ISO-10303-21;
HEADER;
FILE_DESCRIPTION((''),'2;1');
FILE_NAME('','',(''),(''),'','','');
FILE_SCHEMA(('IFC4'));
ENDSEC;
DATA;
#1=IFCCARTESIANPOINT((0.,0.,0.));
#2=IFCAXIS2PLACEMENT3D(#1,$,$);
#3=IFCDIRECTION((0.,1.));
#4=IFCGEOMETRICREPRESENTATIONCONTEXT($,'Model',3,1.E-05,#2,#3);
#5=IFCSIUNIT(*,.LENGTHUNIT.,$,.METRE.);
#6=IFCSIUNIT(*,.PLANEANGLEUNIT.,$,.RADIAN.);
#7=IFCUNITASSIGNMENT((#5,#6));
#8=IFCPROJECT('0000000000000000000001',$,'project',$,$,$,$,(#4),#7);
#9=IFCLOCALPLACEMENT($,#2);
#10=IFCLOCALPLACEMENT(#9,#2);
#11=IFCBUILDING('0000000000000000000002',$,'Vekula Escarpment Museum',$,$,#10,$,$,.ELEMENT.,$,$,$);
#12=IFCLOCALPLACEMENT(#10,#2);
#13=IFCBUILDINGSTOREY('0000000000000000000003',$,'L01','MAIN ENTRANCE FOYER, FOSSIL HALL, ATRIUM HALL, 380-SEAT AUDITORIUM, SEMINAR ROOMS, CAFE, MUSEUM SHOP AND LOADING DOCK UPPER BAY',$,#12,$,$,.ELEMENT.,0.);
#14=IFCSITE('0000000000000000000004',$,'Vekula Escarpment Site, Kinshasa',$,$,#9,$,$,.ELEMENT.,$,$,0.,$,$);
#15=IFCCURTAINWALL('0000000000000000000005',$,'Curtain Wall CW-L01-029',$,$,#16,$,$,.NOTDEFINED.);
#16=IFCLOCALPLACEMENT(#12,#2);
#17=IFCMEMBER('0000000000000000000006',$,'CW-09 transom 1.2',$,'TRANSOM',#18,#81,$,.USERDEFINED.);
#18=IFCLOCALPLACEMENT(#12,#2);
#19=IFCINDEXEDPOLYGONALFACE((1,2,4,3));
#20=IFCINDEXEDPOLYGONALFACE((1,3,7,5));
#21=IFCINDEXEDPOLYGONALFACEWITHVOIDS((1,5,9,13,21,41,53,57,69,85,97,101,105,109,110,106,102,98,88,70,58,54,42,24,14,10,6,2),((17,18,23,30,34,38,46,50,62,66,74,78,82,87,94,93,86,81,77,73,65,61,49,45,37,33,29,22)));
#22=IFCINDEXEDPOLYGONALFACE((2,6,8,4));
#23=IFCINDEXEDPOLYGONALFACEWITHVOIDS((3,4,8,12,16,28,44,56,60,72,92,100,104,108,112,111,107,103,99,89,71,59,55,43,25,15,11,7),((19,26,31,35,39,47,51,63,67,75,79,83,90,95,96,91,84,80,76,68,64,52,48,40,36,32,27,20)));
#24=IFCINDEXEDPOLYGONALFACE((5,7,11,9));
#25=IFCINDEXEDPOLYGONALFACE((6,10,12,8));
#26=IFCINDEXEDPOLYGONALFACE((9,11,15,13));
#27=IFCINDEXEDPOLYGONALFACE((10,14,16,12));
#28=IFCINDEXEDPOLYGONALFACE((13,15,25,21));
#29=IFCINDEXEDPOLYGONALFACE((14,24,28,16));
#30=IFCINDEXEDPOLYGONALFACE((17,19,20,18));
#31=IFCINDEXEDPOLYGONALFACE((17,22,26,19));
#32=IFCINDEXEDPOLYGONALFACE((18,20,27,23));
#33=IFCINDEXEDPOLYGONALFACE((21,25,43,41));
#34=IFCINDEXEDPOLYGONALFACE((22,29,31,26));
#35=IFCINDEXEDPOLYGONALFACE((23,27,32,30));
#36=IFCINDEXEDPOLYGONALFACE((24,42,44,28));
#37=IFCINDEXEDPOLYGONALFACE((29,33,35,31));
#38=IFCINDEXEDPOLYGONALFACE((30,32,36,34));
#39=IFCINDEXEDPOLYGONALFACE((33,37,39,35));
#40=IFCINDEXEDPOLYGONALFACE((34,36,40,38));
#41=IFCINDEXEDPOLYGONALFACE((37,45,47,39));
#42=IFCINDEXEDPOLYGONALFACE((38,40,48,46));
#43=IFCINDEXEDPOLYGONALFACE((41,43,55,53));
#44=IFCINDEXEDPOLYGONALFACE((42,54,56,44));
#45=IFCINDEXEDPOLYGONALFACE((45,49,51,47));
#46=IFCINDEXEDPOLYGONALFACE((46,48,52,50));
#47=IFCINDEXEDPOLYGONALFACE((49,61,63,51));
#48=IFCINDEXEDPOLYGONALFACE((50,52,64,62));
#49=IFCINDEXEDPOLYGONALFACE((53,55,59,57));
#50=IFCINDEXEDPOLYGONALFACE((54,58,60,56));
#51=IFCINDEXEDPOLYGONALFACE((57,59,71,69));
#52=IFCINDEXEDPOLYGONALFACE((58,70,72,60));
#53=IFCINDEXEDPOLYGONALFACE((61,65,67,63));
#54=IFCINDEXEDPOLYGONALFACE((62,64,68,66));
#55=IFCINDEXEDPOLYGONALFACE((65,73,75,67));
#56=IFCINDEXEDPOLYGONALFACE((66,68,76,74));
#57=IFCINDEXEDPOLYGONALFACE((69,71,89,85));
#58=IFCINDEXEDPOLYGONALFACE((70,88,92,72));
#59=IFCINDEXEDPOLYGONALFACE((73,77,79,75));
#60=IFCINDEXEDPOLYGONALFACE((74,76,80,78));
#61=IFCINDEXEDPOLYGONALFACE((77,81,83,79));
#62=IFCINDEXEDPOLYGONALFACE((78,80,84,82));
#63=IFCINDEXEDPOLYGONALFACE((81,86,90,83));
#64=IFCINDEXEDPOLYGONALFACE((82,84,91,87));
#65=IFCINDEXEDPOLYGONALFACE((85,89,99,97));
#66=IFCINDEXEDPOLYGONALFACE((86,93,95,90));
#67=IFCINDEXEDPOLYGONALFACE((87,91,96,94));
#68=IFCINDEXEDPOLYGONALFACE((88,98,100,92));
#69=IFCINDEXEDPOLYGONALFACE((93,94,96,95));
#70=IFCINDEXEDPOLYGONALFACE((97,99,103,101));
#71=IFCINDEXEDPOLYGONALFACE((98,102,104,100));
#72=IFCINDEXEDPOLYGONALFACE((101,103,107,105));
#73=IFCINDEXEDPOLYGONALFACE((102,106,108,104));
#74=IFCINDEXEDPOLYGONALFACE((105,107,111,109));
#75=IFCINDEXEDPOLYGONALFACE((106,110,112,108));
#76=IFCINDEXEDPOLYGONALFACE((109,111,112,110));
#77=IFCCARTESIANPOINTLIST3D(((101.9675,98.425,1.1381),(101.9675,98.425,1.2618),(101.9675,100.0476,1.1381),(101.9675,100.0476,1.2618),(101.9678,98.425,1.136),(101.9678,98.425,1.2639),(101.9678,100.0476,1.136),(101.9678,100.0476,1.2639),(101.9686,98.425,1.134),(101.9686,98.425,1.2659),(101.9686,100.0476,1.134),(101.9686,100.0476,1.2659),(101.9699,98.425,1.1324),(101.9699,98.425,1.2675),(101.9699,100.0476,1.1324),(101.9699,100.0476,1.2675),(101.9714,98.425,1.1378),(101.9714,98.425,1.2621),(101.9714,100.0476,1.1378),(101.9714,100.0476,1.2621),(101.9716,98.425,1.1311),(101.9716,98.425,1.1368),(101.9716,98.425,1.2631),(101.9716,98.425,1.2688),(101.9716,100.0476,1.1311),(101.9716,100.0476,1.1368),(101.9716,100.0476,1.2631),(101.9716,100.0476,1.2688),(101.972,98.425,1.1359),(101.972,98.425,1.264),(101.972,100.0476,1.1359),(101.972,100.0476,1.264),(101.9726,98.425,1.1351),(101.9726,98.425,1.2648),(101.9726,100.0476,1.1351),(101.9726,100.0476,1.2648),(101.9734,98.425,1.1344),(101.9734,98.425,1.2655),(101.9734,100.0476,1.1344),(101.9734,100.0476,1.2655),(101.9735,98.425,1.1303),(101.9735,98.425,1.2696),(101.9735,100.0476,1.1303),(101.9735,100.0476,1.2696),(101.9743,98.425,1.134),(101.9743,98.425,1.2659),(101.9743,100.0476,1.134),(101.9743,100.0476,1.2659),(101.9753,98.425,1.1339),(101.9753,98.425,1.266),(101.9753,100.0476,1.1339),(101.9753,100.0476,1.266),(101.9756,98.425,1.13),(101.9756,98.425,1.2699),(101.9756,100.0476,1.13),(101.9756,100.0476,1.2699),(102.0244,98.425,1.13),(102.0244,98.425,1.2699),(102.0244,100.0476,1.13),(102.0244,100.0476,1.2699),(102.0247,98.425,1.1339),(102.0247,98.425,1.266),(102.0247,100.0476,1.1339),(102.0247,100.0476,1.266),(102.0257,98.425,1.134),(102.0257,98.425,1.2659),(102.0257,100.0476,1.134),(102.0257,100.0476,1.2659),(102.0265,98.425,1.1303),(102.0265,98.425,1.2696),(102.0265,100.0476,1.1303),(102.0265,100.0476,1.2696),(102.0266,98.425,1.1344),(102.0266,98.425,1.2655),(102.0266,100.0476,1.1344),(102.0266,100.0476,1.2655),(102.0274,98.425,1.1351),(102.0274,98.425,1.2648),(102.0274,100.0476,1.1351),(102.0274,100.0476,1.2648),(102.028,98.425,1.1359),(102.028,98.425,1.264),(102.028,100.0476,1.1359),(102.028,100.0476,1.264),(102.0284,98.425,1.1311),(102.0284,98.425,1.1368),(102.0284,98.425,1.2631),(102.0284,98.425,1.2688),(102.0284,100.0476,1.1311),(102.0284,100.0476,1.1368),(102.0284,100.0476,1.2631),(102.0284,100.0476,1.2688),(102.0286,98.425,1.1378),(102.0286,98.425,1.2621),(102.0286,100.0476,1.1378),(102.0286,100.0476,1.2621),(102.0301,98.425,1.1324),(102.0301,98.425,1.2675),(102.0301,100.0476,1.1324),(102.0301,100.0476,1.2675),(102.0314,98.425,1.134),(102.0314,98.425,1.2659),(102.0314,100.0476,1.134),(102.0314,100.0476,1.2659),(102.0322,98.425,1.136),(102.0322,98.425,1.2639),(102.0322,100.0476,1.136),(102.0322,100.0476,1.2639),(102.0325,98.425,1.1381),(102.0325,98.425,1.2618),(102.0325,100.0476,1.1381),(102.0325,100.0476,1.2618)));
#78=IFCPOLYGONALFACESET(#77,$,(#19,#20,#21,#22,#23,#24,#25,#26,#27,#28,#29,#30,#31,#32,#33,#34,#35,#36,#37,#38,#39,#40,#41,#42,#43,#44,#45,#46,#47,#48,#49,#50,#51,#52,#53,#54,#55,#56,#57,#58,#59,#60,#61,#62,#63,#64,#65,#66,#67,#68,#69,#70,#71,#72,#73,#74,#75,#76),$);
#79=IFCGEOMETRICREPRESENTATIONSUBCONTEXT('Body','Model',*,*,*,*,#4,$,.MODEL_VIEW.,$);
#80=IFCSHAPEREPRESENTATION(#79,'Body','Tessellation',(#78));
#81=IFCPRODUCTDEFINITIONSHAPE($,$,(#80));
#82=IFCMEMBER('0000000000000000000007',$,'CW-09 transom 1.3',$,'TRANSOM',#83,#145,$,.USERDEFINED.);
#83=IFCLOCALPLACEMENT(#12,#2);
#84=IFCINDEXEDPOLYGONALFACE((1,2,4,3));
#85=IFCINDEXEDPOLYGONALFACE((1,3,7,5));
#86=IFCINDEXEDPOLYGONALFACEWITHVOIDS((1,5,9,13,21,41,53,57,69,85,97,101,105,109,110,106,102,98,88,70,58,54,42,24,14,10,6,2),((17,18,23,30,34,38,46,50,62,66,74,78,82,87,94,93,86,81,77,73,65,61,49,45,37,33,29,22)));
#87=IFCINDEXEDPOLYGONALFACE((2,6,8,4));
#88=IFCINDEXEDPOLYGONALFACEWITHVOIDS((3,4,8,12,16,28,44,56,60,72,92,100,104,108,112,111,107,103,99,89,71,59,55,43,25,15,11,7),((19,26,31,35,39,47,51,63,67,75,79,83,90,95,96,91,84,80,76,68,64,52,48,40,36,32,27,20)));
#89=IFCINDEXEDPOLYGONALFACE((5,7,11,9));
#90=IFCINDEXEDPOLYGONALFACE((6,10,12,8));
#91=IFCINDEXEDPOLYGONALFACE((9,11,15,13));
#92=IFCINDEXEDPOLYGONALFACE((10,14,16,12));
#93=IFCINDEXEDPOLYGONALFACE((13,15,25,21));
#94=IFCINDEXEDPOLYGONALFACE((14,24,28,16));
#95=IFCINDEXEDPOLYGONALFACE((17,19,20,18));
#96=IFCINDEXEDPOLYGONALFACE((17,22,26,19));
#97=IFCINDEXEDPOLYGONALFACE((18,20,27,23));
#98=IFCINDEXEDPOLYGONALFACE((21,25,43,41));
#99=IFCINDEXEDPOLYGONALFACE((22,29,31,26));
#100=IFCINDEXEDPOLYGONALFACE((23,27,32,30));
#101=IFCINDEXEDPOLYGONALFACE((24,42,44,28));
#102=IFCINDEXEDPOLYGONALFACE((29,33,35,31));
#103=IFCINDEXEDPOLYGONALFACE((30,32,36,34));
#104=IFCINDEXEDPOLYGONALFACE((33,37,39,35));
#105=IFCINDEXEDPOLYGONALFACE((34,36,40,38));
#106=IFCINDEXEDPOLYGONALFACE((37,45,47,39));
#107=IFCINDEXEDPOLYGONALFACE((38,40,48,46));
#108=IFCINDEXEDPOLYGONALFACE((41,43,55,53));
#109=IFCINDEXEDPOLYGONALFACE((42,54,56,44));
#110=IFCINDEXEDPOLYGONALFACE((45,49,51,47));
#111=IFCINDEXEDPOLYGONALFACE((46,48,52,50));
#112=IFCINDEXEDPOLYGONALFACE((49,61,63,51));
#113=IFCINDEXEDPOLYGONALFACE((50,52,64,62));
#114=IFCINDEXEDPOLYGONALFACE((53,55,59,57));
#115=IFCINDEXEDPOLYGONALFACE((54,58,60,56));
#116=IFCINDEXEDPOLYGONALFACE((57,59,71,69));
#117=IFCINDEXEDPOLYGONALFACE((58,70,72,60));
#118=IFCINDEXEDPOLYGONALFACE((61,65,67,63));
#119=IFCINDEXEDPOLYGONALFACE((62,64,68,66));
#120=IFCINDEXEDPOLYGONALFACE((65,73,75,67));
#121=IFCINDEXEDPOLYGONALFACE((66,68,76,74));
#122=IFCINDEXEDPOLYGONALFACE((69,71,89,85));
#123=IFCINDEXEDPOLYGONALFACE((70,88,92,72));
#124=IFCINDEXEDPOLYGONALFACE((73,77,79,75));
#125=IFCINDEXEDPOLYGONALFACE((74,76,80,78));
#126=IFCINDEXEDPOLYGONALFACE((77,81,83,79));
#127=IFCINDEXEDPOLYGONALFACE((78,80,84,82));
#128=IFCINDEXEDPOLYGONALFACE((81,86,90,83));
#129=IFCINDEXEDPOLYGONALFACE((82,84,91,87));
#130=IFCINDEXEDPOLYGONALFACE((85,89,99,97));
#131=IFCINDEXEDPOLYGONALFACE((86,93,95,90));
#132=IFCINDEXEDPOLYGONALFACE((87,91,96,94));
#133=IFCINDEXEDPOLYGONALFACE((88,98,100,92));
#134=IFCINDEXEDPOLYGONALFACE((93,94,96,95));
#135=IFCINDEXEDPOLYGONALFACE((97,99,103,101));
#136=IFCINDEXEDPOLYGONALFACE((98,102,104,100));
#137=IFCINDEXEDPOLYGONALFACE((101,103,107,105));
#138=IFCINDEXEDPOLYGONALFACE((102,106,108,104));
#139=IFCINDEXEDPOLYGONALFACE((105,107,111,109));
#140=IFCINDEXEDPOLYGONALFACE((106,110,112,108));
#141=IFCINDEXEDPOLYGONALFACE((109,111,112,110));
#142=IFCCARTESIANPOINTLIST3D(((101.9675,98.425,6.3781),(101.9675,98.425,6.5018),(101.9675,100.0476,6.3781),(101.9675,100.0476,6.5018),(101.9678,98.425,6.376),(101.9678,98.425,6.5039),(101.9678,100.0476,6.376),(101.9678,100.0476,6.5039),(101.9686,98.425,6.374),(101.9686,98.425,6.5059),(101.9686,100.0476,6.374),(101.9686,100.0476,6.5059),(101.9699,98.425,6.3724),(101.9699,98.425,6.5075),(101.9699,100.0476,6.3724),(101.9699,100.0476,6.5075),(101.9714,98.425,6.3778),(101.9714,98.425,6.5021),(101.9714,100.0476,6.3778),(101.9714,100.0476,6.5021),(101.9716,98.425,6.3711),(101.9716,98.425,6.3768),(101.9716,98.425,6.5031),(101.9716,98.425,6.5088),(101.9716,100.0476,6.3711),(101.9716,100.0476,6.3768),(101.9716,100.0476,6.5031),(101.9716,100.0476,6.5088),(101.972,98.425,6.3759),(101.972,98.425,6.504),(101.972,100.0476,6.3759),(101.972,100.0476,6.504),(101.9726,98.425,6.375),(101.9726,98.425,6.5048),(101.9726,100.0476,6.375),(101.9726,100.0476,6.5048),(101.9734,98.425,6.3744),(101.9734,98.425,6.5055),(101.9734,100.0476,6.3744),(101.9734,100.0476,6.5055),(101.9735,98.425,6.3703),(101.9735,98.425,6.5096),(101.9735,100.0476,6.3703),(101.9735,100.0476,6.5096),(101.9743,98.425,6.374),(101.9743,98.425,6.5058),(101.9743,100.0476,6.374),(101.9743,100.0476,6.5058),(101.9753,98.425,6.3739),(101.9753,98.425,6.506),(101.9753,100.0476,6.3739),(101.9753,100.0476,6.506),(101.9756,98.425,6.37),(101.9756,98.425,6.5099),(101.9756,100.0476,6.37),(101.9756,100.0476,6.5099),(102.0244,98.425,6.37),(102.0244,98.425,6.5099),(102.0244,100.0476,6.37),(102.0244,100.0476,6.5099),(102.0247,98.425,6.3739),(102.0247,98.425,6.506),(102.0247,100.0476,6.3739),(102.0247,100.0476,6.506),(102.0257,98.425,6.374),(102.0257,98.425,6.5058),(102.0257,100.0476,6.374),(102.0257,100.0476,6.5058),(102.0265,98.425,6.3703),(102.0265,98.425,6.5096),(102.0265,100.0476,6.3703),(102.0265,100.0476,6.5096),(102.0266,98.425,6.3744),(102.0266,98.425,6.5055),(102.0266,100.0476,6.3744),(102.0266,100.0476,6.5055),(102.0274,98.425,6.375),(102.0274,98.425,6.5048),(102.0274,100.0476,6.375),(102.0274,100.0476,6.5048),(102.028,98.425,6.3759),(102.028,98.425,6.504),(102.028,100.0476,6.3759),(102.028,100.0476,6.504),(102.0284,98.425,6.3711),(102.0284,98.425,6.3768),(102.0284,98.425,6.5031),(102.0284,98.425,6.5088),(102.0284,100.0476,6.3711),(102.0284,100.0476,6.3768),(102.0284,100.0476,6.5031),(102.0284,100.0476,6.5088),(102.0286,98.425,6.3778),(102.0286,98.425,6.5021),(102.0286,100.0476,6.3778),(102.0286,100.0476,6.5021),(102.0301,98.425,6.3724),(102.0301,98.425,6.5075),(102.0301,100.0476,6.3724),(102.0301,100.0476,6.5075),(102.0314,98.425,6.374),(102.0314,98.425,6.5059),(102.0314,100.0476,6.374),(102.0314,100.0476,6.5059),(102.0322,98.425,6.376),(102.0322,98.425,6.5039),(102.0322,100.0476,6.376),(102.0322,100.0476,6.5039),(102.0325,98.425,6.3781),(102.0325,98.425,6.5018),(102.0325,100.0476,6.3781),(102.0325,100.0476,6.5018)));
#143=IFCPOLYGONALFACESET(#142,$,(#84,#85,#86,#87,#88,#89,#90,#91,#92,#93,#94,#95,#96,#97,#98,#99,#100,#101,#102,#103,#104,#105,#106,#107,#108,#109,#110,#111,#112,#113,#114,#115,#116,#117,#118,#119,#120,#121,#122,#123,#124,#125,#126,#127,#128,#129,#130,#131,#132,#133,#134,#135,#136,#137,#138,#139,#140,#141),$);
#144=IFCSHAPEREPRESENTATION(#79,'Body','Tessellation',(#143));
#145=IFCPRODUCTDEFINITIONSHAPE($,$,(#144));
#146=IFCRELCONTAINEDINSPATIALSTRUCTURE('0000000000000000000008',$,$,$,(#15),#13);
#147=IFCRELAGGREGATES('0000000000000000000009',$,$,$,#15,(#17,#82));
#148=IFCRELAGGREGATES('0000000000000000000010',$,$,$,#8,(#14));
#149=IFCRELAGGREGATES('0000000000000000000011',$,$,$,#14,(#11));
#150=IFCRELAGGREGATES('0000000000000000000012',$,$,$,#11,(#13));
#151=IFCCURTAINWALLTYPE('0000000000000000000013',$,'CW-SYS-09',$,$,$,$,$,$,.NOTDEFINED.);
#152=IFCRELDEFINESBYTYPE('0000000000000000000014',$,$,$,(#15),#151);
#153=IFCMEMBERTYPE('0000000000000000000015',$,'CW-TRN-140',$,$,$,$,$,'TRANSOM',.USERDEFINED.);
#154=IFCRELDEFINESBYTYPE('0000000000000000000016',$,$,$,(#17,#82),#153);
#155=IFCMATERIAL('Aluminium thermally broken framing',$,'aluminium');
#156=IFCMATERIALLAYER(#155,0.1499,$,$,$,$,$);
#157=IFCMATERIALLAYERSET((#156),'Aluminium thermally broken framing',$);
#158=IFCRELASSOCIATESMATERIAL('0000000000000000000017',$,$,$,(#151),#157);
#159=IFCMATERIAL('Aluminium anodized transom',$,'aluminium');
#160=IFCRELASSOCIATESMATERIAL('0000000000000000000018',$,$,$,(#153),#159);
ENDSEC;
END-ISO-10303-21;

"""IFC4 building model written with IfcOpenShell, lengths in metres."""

from ifc_helpers import new_model, si_unit, direction, frame, origin, origin_2d, place, context, subcontext, project, spatial, hollow_rectangle, extrude, material, layer, layer_set, material_profile, profile_set, type_object, element, aggregate, save


model = new_model("IFC4")

# Units and contexts
model_context = context("Model", 3, precision=1e-05, world=origin(), true_north=direction((0.0, 1.0)))
body_context = subcontext(model_context, "Body", "Model", "MODEL_VIEW")
ifc_project = project(units=[si_unit("LENGTHUNIT", "METRE"), si_unit("PLANEANGLEUNIT", "RADIAN")], contexts=[model_context])

# Site, building, storey
site_placement = place(None, origin())
site = spatial("IfcSite", under=ifc_project, at=site_placement, Name="Vekula Escarpment Site, Kinshasa", CompositionType="ELEMENT", RefElevation=0.0)
building_placement = place(site_placement, origin())
building = spatial("IfcBuilding", under=site, at=building_placement, Name="Vekula Escarpment Museum", CompositionType="ELEMENT")
storey_placement = place(building_placement, origin())
storey = spatial("IfcBuildingStorey", under=building, at=storey_placement, Name="L01", Description="MAIN ENTRANCE FOYER, FOSSIL HALL, ATRIUM HALL, 380-SEAT AUDITORIUM, SEMINAR ROOMS, CAFE, MUSEUM SHOP AND LOADING DOCK UPPER BAY", CompositionType="ELEMENT", Elevation=0.0)

# Curtain wall
ifc_material_1 = material(Name="Aluminium thermally broken framing", Category="aluminium")
ifc_layer_1 = layer(ifc_material_1, 0.1499)
ifc_layer_set_1 = layer_set([ifc_layer_1], Name="Aluminium thermally broken framing")
curtain_wall_type_1 = type_object("IfcCurtainWallType", Name="CW-SYS-09", PredefinedType="NOTDEFINED", material=ifc_layer_set_1)
curtain_wall_1_placement = place(storey_placement, origin())
curtain_wall_1 = element("IfcCurtainWall", 1, at=curtain_wall_1_placement, inside=storey, type_object=curtain_wall_type_1, Name="Curtain Wall CW-L01-029", PredefinedType="NOTDEFINED")

# Members
ifc_material_2 = material(Name="Aluminium anodized transom", Category="aluminium")
ifc_material_profile_1 = material_profile(ifc_material_2, hollow_rectangle(XDim=0.0649, YDim=0.1399, WallThickness=0.0039, InnerFilletRadius=0.0039, OuterFilletRadius=0.0081, at=origin_2d()), Name="ALU 140x65x4")
ifc_profile_set_1 = profile_set([ifc_material_profile_1], Name="Aluminium anodized transom")
member_type_1 = type_object("IfcMemberType", Name="CW-TRN-140", ElementType="TRANSOM", PredefinedType="USERDEFINED", material=ifc_profile_set_1)
member_1_placement = place(storey_placement, frame((102.0, 98.425, 1.2), z_axis=(0.0, 1.0, 0.0), x_axis=(-1.0, 0.0, 0.0)))
member_1 = element("IfcMember", 2, at=member_1_placement, type_object=member_type_1, Name="CW-09 transom 1.2", ObjectType="TRANSOM", PredefinedType="USERDEFINED", context=body_context, shape_type="SweptSolid", body=[
    extrude(hollow_rectangle(XDim=0.0649, YDim=0.1399, WallThickness=0.0039, InnerFilletRadius=0.0039, OuterFilletRadius=0.0081, at=origin_2d()), origin(), (0.0, 0.0, 1.0), 1.6226),
])
member_2_placement = place(storey_placement, frame((102.0, 98.425, 6.4399), z_axis=(0.0, 1.0, 0.0), x_axis=(-1.0, 0.0, 0.0)))
member_2 = element("IfcMember", 3, at=member_2_placement, type_object=member_type_1, Name="CW-09 transom 1.3", ObjectType="TRANSOM", PredefinedType="USERDEFINED", context=body_context, shape_type="SweptSolid", body=[
    extrude(hollow_rectangle(XDim=0.0649, YDim=0.1399, WallThickness=0.0039, InnerFilletRadius=0.0039, OuterFilletRadius=0.0081, at=origin_2d()), origin(), (0.0, 0.0, 1.0), 1.6226),
])

aggregate(curtain_wall_1, [member_1, member_2])

save(model, "model.ifc")
